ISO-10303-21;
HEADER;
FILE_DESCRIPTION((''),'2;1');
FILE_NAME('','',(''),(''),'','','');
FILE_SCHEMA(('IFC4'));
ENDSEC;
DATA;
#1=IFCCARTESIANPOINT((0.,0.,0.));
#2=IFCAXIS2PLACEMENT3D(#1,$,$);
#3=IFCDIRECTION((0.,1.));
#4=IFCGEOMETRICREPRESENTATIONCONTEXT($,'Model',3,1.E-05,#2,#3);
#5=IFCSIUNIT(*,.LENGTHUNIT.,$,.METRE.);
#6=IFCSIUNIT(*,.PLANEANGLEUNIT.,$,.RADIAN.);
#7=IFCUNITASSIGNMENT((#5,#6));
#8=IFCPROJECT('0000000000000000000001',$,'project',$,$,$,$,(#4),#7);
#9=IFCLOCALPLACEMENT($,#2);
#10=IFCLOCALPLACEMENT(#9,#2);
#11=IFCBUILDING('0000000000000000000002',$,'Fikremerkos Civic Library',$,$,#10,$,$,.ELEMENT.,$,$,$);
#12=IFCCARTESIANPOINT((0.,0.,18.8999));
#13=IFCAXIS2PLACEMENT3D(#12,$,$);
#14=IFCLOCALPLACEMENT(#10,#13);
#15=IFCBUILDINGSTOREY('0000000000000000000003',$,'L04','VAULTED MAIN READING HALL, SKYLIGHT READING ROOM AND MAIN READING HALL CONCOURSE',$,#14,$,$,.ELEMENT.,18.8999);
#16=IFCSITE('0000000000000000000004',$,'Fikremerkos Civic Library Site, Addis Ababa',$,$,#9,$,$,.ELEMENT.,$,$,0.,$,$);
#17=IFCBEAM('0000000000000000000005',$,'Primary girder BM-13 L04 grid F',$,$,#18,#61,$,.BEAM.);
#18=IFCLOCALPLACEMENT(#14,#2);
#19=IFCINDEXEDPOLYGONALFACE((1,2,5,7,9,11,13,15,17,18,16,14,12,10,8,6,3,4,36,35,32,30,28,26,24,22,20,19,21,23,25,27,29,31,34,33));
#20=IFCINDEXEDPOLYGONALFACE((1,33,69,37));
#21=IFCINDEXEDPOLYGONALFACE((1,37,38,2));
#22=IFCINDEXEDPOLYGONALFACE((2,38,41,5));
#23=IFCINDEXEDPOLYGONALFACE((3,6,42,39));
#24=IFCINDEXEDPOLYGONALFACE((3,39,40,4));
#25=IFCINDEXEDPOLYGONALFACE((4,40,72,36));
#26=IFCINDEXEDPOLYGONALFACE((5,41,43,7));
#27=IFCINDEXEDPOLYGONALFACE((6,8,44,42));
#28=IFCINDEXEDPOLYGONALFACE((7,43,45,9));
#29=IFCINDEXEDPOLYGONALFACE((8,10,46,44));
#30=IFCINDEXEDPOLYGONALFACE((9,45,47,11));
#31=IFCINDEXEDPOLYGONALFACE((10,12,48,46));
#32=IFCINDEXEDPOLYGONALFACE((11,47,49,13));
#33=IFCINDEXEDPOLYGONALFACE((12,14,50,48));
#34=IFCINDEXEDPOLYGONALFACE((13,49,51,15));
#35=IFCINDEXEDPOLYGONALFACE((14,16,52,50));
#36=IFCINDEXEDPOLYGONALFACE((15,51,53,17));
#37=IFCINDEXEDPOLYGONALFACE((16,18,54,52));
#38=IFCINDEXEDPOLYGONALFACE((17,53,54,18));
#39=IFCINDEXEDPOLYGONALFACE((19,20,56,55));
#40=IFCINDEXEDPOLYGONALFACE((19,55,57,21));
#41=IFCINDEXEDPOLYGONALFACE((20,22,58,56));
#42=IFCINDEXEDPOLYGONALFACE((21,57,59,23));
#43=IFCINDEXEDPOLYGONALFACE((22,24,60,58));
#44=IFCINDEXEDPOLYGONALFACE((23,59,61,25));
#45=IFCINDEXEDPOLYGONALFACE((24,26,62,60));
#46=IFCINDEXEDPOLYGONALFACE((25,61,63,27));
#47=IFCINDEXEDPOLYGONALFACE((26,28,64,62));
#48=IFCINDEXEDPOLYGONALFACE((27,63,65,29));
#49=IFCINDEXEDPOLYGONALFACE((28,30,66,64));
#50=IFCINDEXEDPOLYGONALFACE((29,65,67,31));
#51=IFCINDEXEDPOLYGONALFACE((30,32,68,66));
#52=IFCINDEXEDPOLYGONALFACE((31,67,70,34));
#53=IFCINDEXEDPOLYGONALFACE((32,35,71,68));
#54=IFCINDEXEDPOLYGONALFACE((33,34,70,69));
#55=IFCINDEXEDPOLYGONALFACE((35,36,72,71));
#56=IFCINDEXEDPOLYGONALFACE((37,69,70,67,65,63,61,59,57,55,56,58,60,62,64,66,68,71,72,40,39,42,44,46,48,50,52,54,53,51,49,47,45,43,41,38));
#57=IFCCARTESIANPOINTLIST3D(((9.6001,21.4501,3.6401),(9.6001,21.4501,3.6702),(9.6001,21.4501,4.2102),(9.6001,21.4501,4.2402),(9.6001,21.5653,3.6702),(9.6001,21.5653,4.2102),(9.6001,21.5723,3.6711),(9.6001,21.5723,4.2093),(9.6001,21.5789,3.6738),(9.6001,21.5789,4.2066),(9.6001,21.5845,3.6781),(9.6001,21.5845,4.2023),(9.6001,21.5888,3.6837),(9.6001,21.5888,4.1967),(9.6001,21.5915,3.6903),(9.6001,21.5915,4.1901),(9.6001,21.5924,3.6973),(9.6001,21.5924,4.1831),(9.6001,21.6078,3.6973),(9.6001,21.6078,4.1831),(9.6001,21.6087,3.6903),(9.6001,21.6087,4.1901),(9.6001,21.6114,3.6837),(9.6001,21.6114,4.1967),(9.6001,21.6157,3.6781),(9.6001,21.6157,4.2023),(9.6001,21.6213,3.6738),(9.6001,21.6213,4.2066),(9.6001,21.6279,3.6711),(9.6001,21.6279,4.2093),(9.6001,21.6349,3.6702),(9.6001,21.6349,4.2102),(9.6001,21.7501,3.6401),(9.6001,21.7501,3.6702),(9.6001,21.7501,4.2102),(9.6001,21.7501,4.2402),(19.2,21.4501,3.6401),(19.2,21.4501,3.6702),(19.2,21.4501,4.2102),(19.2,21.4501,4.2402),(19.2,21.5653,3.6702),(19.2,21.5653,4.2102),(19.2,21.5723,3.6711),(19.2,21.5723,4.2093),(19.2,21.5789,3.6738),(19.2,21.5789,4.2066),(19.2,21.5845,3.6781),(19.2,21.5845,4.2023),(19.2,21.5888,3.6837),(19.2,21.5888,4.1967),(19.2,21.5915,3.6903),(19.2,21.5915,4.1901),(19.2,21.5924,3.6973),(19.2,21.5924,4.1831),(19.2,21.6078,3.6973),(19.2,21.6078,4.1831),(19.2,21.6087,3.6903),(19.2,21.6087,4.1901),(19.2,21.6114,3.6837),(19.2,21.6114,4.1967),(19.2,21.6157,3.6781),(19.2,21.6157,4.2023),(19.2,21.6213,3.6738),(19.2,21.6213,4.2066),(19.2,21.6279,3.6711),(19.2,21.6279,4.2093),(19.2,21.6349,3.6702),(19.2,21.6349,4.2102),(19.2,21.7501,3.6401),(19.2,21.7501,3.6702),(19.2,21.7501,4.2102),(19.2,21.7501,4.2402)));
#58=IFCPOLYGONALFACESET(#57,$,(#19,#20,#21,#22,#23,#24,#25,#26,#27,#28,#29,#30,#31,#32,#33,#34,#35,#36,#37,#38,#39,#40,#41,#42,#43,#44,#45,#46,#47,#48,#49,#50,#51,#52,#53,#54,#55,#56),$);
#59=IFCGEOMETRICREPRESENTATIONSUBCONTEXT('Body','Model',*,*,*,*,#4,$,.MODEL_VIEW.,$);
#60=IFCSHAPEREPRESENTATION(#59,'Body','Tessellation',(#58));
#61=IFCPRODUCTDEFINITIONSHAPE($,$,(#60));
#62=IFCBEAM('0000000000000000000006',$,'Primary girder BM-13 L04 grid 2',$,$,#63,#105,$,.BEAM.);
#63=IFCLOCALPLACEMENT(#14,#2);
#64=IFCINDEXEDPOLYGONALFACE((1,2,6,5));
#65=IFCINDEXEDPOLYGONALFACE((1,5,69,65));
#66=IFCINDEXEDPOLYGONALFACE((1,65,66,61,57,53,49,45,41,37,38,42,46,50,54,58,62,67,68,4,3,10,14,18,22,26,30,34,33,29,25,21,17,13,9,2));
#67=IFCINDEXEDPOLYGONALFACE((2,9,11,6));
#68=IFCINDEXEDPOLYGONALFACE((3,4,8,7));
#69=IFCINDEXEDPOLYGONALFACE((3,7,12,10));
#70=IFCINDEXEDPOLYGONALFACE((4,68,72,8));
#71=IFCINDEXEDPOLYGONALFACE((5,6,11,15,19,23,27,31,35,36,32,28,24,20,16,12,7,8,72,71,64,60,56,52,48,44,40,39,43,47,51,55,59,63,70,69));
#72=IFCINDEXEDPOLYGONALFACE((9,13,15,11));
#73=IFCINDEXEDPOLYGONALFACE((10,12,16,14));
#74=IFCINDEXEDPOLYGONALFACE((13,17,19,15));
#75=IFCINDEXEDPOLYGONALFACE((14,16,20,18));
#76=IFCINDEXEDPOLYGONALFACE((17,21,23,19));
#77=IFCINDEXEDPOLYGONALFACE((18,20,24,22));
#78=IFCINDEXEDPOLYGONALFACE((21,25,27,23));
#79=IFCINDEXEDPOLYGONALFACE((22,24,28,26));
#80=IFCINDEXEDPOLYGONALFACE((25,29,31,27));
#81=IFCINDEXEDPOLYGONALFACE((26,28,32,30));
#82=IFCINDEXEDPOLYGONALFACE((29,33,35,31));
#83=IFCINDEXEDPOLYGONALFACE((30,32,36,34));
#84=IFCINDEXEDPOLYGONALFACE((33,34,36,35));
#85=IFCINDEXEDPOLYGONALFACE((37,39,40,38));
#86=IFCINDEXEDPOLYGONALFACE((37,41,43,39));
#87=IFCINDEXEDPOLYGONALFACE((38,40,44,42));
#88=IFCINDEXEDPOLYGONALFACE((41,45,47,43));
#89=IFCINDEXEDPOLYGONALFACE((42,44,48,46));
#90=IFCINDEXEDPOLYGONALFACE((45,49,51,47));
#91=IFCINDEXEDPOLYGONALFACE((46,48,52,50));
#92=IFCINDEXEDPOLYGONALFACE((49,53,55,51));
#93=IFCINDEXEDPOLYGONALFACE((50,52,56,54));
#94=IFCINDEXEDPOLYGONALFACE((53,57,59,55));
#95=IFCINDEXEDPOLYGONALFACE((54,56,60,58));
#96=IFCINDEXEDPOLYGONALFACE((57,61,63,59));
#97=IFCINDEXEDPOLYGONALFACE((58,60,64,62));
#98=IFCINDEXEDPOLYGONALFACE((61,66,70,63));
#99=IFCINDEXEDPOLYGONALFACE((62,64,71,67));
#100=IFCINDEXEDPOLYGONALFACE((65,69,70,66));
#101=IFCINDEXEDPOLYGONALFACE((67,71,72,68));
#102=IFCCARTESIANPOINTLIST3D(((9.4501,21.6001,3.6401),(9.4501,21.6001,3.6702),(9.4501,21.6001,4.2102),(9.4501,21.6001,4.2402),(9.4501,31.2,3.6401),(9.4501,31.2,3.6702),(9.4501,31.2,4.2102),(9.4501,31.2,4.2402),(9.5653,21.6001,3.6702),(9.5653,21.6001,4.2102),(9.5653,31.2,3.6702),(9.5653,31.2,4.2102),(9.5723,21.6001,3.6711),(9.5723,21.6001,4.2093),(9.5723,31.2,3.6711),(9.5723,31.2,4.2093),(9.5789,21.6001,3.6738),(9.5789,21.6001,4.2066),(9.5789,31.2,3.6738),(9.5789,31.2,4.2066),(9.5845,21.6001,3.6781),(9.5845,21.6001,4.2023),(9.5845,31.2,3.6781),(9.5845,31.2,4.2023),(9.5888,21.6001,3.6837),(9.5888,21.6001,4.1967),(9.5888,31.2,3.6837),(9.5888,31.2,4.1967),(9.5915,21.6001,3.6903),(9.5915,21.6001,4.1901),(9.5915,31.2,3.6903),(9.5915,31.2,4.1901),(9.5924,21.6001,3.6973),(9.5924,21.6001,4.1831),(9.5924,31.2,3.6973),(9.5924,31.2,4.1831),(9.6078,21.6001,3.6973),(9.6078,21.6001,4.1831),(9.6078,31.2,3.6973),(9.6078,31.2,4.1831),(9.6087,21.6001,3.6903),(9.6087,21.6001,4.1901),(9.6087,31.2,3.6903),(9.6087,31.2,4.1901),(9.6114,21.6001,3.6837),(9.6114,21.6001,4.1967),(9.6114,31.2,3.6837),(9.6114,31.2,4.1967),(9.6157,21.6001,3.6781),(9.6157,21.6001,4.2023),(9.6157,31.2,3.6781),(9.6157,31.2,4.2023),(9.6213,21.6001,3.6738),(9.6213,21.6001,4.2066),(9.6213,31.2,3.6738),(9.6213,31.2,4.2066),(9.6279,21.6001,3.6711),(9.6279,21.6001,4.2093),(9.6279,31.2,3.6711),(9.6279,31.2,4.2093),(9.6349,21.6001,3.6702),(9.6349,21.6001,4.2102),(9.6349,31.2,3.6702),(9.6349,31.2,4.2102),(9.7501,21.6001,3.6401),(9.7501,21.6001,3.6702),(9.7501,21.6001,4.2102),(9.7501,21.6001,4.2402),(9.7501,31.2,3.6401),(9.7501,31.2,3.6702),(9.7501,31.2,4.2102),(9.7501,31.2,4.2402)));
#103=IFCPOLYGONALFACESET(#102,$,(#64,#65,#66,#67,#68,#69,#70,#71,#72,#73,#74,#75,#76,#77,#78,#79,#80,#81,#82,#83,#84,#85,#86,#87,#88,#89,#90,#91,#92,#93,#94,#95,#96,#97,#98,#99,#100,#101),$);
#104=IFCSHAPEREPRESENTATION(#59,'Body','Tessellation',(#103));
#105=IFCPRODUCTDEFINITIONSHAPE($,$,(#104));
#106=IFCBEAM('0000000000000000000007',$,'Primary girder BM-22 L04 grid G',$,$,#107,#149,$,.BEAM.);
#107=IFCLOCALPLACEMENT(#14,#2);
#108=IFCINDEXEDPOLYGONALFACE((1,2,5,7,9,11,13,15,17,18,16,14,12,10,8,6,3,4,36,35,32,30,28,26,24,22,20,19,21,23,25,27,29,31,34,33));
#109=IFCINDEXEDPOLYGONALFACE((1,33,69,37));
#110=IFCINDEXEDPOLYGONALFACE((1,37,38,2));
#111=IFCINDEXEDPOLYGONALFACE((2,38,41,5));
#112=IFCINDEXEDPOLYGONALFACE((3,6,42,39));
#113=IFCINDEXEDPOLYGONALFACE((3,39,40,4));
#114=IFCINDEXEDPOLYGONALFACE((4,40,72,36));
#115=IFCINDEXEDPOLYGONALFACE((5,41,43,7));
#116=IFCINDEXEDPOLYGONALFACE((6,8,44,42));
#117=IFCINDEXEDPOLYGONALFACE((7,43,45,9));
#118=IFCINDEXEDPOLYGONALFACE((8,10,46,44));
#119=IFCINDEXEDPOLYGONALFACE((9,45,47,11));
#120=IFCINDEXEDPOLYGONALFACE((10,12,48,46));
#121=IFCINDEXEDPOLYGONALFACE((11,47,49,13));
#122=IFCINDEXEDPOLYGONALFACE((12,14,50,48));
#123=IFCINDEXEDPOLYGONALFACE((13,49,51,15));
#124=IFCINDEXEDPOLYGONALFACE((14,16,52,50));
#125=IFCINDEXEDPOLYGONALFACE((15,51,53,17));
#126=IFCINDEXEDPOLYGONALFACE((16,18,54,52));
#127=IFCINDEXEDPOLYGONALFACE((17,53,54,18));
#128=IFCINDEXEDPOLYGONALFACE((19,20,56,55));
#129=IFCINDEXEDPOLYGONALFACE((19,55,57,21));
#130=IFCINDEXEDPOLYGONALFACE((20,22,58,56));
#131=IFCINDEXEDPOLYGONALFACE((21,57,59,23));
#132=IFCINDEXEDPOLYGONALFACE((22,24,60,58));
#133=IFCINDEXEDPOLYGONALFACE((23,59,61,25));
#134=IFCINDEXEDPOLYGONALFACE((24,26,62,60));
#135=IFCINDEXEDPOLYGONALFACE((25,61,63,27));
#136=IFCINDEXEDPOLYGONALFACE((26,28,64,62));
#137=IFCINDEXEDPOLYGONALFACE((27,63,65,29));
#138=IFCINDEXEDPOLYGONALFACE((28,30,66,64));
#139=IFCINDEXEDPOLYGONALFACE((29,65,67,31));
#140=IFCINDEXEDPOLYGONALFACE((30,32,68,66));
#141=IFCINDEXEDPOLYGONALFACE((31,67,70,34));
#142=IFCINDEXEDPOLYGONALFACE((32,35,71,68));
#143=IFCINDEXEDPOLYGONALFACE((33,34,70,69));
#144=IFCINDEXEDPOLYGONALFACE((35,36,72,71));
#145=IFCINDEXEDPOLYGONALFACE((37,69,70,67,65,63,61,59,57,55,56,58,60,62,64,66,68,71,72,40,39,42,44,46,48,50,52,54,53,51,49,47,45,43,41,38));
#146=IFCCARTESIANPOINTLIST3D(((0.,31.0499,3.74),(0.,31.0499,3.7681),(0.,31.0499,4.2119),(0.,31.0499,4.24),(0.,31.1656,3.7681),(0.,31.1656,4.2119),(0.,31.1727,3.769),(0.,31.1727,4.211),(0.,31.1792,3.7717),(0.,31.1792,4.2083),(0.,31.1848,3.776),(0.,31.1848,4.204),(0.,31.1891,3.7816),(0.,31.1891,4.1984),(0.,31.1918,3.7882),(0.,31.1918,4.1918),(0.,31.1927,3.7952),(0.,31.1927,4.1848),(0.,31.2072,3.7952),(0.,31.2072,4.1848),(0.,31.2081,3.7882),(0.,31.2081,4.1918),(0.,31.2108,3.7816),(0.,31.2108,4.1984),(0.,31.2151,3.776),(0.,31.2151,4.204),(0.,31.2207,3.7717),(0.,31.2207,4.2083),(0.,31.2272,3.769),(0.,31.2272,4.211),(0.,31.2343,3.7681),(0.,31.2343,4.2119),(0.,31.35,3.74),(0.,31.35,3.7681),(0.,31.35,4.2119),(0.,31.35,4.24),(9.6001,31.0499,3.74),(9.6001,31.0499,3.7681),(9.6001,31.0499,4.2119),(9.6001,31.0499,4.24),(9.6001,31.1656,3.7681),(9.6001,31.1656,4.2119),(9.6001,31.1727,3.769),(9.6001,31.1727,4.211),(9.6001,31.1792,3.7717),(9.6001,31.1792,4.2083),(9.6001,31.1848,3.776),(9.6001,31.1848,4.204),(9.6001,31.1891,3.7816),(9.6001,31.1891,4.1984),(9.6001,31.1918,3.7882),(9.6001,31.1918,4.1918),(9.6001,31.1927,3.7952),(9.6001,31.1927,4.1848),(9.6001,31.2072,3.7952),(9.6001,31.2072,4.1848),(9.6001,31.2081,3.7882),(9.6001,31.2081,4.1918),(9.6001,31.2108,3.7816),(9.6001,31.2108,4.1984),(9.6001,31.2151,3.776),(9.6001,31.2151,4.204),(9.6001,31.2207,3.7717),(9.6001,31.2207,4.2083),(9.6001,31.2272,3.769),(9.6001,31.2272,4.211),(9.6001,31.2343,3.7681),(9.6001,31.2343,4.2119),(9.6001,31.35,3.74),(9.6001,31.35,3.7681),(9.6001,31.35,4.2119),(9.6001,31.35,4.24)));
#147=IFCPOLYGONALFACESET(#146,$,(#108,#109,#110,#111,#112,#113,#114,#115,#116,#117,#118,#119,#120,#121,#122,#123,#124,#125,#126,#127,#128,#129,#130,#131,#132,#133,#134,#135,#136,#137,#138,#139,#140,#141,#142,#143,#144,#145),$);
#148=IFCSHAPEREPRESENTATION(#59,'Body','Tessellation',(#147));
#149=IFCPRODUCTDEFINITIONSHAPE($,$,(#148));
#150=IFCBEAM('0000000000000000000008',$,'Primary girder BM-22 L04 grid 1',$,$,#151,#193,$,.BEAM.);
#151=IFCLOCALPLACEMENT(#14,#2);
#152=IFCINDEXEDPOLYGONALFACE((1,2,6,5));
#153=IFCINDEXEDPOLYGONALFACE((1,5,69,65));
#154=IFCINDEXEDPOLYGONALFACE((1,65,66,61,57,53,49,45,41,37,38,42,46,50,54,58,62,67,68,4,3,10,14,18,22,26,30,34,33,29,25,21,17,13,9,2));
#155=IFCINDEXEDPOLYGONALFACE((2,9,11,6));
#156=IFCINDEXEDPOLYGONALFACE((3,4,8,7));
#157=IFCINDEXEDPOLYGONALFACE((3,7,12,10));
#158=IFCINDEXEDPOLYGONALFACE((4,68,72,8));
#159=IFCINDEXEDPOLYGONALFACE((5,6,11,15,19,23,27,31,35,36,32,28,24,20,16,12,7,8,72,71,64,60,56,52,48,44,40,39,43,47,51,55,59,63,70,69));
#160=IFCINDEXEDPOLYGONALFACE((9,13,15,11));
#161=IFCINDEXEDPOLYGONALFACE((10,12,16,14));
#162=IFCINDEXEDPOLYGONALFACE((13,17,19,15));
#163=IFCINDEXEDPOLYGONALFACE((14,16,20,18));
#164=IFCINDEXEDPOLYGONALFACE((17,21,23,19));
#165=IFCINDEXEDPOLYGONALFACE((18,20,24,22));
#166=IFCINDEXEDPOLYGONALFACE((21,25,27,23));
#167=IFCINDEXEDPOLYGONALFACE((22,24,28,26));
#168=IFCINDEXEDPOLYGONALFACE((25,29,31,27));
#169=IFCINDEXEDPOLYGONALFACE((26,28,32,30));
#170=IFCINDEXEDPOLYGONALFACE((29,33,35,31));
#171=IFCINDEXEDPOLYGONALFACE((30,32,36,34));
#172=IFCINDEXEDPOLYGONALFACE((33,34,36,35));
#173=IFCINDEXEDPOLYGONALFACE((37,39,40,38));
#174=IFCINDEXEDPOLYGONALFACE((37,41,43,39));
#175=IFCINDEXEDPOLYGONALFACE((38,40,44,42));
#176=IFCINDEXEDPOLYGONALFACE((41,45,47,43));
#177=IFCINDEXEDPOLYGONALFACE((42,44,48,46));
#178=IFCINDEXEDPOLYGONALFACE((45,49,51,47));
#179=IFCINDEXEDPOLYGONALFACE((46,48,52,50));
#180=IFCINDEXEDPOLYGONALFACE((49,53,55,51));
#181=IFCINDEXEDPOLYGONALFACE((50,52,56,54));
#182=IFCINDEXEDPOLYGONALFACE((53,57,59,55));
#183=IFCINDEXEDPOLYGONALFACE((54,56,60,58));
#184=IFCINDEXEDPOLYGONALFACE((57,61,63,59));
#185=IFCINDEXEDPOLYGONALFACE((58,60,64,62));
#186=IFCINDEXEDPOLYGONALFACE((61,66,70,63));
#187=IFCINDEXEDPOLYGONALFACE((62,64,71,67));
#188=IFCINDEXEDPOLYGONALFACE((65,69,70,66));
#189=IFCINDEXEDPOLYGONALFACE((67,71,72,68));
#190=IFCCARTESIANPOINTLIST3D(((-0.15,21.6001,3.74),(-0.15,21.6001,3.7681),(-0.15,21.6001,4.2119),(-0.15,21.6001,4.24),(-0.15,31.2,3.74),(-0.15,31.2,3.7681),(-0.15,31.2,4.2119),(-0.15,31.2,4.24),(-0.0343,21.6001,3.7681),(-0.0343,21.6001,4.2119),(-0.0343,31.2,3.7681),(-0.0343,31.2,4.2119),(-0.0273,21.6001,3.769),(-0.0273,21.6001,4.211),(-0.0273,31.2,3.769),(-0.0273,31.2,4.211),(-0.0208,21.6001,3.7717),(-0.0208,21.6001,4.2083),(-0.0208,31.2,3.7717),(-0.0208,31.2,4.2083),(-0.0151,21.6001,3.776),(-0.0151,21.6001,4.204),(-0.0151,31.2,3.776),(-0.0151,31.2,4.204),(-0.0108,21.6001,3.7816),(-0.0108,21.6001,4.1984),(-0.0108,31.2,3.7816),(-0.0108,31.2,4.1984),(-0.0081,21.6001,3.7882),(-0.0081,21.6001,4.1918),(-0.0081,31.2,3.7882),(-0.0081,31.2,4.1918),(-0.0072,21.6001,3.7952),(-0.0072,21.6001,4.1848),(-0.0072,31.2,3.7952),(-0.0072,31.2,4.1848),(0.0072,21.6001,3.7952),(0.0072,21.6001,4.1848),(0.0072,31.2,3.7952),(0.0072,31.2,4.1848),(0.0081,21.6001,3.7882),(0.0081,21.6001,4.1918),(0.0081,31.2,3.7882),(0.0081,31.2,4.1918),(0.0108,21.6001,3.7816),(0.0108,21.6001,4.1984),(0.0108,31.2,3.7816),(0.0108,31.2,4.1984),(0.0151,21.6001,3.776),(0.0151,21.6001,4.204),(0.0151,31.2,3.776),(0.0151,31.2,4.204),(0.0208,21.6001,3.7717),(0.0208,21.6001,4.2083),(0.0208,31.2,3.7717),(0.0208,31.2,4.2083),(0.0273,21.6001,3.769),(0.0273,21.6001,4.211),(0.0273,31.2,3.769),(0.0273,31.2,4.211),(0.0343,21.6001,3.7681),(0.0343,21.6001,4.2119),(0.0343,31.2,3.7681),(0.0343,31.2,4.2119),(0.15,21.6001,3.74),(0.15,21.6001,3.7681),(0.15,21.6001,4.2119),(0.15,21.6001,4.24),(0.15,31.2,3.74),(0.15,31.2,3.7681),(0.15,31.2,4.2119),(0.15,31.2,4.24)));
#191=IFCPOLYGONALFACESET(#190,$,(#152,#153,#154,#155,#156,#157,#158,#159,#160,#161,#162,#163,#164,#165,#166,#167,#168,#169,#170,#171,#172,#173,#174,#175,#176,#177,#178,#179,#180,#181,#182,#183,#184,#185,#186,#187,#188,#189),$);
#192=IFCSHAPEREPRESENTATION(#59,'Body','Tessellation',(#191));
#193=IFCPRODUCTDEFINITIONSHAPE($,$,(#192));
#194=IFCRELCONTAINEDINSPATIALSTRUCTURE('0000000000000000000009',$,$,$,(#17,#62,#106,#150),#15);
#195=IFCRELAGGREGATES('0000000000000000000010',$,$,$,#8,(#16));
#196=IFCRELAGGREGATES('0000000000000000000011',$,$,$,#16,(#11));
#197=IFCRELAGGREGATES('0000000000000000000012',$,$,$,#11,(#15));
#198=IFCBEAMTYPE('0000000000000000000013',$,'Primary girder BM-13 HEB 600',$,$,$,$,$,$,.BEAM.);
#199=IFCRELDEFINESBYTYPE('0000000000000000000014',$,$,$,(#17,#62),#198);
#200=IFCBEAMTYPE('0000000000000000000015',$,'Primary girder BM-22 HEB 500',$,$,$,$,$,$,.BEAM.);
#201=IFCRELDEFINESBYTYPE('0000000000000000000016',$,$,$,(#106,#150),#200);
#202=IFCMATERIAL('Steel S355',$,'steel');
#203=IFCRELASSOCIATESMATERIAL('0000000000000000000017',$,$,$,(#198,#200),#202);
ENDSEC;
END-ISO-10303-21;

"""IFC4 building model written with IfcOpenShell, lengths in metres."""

from ifc_helpers import new_model, si_unit, direction, frame, origin, origin_2d, place, context, subcontext, project, spatial, i_section, extrude, material, material_profile, profile_set, type_object, element, save


model = new_model("IFC4")

# Units and contexts
model_context = context("Model", 3, precision=1e-05, world=origin(), true_north=direction((0.0, 1.0)))
body_context = subcontext(model_context, "Body", "Model", "MODEL_VIEW")
ifc_project = project(units=[si_unit("LENGTHUNIT", "METRE"), si_unit("PLANEANGLEUNIT", "RADIAN")], contexts=[model_context])

# Site, building, storey
site_placement = place(None, origin())
site = spatial("IfcSite", under=ifc_project, at=site_placement, Name="Fikremerkos Civic Library Site, Addis Ababa", CompositionType="ELEMENT", RefElevation=0.0)
building_placement = place(site_placement, origin())
building = spatial("IfcBuilding", under=site, at=building_placement, Name="Fikremerkos Civic Library", CompositionType="ELEMENT")
storey_placement = place(building_placement, frame((0.0, 0.0, 18.8999)))
storey = spatial("IfcBuildingStorey", under=building, at=storey_placement, Name="L04", Description="VAULTED MAIN READING HALL, SKYLIGHT READING ROOM AND MAIN READING HALL CONCOURSE", CompositionType="ELEMENT", Elevation=18.8999)

# Shared definitions
ifc_material_1 = material(Name="Steel S355", Category="steel")

# Beams
ifc_material_profile_1 = material_profile(ifc_material_1, i_section(OverallWidth=0.3, OverallDepth=0.6001, WebThickness=0.0154, FlangeThickness=0.03, FilletRadius=0.0271, at=origin_2d()), Name="HEB 600")
ifc_profile_set_1 = profile_set([ifc_material_profile_1], Name="Steel S355")
beam_type_1 = type_object("IfcBeamType", Name="Primary girder BM-13 HEB 600", PredefinedType="BEAM", material=ifc_profile_set_1)
for number, where, z_axis, x_axis, name in (
    (1, (9.6001, 21.6001, 3.9402), (1.0, 0.0, 0.0), (0.0, 1.0, 0.0), "Primary girder BM-13 L04 grid F"),
    (2, (9.6001, 21.6001, 3.9402), (0.0, 1.0, 0.0), (-1.0, 0.0, 0.0), "Primary girder BM-13 L04 grid 2"),
):
    element("IfcBeam", number, at=place(storey_placement, frame(where, z_axis=z_axis, x_axis=x_axis)), inside=storey, type_object=beam_type_1, Name=name, PredefinedType="BEAM", context=body_context, shape_type="SweptSolid", body=[
        extrude(i_section(OverallWidth=0.3, OverallDepth=0.6001, WebThickness=0.0154, FlangeThickness=0.03, FilletRadius=0.0271, at=origin_2d()), origin(), (0.0, 0.0, 1.0), 9.5999),
    ])
ifc_material_profile_2 = material_profile(ifc_material_1, i_section(OverallWidth=0.3, OverallDepth=0.5, WebThickness=0.0144, FlangeThickness=0.0281, FilletRadius=0.0271, at=origin_2d()), Name="HEB 500")
ifc_profile_set_2 = profile_set([ifc_material_profile_2], Name="Steel S355")
beam_type_2 = type_object("IfcBeamType", Name="Primary girder BM-22 HEB 500", PredefinedType="BEAM", material=ifc_profile_set_2)
beam_1_placement = place(storey_placement, frame((0.0, 31.2, 3.99), z_axis=(1.0, 0.0, 0.0), x_axis=(0.0, 1.0, 0.0)))
element("IfcBeam", 3, at=beam_1_placement, inside=storey, type_object=beam_type_2, Name="Primary girder BM-22 L04 grid G", PredefinedType="BEAM", context=body_context, shape_type="SweptSolid", body=[
    extrude(i_section(OverallWidth=0.3, OverallDepth=0.5, WebThickness=0.0144, FlangeThickness=0.0281, FilletRadius=0.0271, at=origin_2d()), origin(), (0.0, 0.0, 1.0), 9.6001),
])
beam_2_placement = place(storey_placement, frame((0.0, 21.6001, 3.99), z_axis=(0.0, 1.0, 0.0), x_axis=(-1.0, 0.0, 0.0)))
element("IfcBeam", 4, at=beam_2_placement, inside=storey, type_object=beam_type_2, Name="Primary girder BM-22 L04 grid 1", PredefinedType="BEAM", context=body_context, shape_type="SweptSolid", body=[
    extrude(i_section(OverallWidth=0.3, OverallDepth=0.5, WebThickness=0.0144, FlangeThickness=0.0281, FilletRadius=0.0271, at=origin_2d()), origin(), (0.0, 0.0, 1.0), 9.5999),
])

save(model, "model.ifc")
